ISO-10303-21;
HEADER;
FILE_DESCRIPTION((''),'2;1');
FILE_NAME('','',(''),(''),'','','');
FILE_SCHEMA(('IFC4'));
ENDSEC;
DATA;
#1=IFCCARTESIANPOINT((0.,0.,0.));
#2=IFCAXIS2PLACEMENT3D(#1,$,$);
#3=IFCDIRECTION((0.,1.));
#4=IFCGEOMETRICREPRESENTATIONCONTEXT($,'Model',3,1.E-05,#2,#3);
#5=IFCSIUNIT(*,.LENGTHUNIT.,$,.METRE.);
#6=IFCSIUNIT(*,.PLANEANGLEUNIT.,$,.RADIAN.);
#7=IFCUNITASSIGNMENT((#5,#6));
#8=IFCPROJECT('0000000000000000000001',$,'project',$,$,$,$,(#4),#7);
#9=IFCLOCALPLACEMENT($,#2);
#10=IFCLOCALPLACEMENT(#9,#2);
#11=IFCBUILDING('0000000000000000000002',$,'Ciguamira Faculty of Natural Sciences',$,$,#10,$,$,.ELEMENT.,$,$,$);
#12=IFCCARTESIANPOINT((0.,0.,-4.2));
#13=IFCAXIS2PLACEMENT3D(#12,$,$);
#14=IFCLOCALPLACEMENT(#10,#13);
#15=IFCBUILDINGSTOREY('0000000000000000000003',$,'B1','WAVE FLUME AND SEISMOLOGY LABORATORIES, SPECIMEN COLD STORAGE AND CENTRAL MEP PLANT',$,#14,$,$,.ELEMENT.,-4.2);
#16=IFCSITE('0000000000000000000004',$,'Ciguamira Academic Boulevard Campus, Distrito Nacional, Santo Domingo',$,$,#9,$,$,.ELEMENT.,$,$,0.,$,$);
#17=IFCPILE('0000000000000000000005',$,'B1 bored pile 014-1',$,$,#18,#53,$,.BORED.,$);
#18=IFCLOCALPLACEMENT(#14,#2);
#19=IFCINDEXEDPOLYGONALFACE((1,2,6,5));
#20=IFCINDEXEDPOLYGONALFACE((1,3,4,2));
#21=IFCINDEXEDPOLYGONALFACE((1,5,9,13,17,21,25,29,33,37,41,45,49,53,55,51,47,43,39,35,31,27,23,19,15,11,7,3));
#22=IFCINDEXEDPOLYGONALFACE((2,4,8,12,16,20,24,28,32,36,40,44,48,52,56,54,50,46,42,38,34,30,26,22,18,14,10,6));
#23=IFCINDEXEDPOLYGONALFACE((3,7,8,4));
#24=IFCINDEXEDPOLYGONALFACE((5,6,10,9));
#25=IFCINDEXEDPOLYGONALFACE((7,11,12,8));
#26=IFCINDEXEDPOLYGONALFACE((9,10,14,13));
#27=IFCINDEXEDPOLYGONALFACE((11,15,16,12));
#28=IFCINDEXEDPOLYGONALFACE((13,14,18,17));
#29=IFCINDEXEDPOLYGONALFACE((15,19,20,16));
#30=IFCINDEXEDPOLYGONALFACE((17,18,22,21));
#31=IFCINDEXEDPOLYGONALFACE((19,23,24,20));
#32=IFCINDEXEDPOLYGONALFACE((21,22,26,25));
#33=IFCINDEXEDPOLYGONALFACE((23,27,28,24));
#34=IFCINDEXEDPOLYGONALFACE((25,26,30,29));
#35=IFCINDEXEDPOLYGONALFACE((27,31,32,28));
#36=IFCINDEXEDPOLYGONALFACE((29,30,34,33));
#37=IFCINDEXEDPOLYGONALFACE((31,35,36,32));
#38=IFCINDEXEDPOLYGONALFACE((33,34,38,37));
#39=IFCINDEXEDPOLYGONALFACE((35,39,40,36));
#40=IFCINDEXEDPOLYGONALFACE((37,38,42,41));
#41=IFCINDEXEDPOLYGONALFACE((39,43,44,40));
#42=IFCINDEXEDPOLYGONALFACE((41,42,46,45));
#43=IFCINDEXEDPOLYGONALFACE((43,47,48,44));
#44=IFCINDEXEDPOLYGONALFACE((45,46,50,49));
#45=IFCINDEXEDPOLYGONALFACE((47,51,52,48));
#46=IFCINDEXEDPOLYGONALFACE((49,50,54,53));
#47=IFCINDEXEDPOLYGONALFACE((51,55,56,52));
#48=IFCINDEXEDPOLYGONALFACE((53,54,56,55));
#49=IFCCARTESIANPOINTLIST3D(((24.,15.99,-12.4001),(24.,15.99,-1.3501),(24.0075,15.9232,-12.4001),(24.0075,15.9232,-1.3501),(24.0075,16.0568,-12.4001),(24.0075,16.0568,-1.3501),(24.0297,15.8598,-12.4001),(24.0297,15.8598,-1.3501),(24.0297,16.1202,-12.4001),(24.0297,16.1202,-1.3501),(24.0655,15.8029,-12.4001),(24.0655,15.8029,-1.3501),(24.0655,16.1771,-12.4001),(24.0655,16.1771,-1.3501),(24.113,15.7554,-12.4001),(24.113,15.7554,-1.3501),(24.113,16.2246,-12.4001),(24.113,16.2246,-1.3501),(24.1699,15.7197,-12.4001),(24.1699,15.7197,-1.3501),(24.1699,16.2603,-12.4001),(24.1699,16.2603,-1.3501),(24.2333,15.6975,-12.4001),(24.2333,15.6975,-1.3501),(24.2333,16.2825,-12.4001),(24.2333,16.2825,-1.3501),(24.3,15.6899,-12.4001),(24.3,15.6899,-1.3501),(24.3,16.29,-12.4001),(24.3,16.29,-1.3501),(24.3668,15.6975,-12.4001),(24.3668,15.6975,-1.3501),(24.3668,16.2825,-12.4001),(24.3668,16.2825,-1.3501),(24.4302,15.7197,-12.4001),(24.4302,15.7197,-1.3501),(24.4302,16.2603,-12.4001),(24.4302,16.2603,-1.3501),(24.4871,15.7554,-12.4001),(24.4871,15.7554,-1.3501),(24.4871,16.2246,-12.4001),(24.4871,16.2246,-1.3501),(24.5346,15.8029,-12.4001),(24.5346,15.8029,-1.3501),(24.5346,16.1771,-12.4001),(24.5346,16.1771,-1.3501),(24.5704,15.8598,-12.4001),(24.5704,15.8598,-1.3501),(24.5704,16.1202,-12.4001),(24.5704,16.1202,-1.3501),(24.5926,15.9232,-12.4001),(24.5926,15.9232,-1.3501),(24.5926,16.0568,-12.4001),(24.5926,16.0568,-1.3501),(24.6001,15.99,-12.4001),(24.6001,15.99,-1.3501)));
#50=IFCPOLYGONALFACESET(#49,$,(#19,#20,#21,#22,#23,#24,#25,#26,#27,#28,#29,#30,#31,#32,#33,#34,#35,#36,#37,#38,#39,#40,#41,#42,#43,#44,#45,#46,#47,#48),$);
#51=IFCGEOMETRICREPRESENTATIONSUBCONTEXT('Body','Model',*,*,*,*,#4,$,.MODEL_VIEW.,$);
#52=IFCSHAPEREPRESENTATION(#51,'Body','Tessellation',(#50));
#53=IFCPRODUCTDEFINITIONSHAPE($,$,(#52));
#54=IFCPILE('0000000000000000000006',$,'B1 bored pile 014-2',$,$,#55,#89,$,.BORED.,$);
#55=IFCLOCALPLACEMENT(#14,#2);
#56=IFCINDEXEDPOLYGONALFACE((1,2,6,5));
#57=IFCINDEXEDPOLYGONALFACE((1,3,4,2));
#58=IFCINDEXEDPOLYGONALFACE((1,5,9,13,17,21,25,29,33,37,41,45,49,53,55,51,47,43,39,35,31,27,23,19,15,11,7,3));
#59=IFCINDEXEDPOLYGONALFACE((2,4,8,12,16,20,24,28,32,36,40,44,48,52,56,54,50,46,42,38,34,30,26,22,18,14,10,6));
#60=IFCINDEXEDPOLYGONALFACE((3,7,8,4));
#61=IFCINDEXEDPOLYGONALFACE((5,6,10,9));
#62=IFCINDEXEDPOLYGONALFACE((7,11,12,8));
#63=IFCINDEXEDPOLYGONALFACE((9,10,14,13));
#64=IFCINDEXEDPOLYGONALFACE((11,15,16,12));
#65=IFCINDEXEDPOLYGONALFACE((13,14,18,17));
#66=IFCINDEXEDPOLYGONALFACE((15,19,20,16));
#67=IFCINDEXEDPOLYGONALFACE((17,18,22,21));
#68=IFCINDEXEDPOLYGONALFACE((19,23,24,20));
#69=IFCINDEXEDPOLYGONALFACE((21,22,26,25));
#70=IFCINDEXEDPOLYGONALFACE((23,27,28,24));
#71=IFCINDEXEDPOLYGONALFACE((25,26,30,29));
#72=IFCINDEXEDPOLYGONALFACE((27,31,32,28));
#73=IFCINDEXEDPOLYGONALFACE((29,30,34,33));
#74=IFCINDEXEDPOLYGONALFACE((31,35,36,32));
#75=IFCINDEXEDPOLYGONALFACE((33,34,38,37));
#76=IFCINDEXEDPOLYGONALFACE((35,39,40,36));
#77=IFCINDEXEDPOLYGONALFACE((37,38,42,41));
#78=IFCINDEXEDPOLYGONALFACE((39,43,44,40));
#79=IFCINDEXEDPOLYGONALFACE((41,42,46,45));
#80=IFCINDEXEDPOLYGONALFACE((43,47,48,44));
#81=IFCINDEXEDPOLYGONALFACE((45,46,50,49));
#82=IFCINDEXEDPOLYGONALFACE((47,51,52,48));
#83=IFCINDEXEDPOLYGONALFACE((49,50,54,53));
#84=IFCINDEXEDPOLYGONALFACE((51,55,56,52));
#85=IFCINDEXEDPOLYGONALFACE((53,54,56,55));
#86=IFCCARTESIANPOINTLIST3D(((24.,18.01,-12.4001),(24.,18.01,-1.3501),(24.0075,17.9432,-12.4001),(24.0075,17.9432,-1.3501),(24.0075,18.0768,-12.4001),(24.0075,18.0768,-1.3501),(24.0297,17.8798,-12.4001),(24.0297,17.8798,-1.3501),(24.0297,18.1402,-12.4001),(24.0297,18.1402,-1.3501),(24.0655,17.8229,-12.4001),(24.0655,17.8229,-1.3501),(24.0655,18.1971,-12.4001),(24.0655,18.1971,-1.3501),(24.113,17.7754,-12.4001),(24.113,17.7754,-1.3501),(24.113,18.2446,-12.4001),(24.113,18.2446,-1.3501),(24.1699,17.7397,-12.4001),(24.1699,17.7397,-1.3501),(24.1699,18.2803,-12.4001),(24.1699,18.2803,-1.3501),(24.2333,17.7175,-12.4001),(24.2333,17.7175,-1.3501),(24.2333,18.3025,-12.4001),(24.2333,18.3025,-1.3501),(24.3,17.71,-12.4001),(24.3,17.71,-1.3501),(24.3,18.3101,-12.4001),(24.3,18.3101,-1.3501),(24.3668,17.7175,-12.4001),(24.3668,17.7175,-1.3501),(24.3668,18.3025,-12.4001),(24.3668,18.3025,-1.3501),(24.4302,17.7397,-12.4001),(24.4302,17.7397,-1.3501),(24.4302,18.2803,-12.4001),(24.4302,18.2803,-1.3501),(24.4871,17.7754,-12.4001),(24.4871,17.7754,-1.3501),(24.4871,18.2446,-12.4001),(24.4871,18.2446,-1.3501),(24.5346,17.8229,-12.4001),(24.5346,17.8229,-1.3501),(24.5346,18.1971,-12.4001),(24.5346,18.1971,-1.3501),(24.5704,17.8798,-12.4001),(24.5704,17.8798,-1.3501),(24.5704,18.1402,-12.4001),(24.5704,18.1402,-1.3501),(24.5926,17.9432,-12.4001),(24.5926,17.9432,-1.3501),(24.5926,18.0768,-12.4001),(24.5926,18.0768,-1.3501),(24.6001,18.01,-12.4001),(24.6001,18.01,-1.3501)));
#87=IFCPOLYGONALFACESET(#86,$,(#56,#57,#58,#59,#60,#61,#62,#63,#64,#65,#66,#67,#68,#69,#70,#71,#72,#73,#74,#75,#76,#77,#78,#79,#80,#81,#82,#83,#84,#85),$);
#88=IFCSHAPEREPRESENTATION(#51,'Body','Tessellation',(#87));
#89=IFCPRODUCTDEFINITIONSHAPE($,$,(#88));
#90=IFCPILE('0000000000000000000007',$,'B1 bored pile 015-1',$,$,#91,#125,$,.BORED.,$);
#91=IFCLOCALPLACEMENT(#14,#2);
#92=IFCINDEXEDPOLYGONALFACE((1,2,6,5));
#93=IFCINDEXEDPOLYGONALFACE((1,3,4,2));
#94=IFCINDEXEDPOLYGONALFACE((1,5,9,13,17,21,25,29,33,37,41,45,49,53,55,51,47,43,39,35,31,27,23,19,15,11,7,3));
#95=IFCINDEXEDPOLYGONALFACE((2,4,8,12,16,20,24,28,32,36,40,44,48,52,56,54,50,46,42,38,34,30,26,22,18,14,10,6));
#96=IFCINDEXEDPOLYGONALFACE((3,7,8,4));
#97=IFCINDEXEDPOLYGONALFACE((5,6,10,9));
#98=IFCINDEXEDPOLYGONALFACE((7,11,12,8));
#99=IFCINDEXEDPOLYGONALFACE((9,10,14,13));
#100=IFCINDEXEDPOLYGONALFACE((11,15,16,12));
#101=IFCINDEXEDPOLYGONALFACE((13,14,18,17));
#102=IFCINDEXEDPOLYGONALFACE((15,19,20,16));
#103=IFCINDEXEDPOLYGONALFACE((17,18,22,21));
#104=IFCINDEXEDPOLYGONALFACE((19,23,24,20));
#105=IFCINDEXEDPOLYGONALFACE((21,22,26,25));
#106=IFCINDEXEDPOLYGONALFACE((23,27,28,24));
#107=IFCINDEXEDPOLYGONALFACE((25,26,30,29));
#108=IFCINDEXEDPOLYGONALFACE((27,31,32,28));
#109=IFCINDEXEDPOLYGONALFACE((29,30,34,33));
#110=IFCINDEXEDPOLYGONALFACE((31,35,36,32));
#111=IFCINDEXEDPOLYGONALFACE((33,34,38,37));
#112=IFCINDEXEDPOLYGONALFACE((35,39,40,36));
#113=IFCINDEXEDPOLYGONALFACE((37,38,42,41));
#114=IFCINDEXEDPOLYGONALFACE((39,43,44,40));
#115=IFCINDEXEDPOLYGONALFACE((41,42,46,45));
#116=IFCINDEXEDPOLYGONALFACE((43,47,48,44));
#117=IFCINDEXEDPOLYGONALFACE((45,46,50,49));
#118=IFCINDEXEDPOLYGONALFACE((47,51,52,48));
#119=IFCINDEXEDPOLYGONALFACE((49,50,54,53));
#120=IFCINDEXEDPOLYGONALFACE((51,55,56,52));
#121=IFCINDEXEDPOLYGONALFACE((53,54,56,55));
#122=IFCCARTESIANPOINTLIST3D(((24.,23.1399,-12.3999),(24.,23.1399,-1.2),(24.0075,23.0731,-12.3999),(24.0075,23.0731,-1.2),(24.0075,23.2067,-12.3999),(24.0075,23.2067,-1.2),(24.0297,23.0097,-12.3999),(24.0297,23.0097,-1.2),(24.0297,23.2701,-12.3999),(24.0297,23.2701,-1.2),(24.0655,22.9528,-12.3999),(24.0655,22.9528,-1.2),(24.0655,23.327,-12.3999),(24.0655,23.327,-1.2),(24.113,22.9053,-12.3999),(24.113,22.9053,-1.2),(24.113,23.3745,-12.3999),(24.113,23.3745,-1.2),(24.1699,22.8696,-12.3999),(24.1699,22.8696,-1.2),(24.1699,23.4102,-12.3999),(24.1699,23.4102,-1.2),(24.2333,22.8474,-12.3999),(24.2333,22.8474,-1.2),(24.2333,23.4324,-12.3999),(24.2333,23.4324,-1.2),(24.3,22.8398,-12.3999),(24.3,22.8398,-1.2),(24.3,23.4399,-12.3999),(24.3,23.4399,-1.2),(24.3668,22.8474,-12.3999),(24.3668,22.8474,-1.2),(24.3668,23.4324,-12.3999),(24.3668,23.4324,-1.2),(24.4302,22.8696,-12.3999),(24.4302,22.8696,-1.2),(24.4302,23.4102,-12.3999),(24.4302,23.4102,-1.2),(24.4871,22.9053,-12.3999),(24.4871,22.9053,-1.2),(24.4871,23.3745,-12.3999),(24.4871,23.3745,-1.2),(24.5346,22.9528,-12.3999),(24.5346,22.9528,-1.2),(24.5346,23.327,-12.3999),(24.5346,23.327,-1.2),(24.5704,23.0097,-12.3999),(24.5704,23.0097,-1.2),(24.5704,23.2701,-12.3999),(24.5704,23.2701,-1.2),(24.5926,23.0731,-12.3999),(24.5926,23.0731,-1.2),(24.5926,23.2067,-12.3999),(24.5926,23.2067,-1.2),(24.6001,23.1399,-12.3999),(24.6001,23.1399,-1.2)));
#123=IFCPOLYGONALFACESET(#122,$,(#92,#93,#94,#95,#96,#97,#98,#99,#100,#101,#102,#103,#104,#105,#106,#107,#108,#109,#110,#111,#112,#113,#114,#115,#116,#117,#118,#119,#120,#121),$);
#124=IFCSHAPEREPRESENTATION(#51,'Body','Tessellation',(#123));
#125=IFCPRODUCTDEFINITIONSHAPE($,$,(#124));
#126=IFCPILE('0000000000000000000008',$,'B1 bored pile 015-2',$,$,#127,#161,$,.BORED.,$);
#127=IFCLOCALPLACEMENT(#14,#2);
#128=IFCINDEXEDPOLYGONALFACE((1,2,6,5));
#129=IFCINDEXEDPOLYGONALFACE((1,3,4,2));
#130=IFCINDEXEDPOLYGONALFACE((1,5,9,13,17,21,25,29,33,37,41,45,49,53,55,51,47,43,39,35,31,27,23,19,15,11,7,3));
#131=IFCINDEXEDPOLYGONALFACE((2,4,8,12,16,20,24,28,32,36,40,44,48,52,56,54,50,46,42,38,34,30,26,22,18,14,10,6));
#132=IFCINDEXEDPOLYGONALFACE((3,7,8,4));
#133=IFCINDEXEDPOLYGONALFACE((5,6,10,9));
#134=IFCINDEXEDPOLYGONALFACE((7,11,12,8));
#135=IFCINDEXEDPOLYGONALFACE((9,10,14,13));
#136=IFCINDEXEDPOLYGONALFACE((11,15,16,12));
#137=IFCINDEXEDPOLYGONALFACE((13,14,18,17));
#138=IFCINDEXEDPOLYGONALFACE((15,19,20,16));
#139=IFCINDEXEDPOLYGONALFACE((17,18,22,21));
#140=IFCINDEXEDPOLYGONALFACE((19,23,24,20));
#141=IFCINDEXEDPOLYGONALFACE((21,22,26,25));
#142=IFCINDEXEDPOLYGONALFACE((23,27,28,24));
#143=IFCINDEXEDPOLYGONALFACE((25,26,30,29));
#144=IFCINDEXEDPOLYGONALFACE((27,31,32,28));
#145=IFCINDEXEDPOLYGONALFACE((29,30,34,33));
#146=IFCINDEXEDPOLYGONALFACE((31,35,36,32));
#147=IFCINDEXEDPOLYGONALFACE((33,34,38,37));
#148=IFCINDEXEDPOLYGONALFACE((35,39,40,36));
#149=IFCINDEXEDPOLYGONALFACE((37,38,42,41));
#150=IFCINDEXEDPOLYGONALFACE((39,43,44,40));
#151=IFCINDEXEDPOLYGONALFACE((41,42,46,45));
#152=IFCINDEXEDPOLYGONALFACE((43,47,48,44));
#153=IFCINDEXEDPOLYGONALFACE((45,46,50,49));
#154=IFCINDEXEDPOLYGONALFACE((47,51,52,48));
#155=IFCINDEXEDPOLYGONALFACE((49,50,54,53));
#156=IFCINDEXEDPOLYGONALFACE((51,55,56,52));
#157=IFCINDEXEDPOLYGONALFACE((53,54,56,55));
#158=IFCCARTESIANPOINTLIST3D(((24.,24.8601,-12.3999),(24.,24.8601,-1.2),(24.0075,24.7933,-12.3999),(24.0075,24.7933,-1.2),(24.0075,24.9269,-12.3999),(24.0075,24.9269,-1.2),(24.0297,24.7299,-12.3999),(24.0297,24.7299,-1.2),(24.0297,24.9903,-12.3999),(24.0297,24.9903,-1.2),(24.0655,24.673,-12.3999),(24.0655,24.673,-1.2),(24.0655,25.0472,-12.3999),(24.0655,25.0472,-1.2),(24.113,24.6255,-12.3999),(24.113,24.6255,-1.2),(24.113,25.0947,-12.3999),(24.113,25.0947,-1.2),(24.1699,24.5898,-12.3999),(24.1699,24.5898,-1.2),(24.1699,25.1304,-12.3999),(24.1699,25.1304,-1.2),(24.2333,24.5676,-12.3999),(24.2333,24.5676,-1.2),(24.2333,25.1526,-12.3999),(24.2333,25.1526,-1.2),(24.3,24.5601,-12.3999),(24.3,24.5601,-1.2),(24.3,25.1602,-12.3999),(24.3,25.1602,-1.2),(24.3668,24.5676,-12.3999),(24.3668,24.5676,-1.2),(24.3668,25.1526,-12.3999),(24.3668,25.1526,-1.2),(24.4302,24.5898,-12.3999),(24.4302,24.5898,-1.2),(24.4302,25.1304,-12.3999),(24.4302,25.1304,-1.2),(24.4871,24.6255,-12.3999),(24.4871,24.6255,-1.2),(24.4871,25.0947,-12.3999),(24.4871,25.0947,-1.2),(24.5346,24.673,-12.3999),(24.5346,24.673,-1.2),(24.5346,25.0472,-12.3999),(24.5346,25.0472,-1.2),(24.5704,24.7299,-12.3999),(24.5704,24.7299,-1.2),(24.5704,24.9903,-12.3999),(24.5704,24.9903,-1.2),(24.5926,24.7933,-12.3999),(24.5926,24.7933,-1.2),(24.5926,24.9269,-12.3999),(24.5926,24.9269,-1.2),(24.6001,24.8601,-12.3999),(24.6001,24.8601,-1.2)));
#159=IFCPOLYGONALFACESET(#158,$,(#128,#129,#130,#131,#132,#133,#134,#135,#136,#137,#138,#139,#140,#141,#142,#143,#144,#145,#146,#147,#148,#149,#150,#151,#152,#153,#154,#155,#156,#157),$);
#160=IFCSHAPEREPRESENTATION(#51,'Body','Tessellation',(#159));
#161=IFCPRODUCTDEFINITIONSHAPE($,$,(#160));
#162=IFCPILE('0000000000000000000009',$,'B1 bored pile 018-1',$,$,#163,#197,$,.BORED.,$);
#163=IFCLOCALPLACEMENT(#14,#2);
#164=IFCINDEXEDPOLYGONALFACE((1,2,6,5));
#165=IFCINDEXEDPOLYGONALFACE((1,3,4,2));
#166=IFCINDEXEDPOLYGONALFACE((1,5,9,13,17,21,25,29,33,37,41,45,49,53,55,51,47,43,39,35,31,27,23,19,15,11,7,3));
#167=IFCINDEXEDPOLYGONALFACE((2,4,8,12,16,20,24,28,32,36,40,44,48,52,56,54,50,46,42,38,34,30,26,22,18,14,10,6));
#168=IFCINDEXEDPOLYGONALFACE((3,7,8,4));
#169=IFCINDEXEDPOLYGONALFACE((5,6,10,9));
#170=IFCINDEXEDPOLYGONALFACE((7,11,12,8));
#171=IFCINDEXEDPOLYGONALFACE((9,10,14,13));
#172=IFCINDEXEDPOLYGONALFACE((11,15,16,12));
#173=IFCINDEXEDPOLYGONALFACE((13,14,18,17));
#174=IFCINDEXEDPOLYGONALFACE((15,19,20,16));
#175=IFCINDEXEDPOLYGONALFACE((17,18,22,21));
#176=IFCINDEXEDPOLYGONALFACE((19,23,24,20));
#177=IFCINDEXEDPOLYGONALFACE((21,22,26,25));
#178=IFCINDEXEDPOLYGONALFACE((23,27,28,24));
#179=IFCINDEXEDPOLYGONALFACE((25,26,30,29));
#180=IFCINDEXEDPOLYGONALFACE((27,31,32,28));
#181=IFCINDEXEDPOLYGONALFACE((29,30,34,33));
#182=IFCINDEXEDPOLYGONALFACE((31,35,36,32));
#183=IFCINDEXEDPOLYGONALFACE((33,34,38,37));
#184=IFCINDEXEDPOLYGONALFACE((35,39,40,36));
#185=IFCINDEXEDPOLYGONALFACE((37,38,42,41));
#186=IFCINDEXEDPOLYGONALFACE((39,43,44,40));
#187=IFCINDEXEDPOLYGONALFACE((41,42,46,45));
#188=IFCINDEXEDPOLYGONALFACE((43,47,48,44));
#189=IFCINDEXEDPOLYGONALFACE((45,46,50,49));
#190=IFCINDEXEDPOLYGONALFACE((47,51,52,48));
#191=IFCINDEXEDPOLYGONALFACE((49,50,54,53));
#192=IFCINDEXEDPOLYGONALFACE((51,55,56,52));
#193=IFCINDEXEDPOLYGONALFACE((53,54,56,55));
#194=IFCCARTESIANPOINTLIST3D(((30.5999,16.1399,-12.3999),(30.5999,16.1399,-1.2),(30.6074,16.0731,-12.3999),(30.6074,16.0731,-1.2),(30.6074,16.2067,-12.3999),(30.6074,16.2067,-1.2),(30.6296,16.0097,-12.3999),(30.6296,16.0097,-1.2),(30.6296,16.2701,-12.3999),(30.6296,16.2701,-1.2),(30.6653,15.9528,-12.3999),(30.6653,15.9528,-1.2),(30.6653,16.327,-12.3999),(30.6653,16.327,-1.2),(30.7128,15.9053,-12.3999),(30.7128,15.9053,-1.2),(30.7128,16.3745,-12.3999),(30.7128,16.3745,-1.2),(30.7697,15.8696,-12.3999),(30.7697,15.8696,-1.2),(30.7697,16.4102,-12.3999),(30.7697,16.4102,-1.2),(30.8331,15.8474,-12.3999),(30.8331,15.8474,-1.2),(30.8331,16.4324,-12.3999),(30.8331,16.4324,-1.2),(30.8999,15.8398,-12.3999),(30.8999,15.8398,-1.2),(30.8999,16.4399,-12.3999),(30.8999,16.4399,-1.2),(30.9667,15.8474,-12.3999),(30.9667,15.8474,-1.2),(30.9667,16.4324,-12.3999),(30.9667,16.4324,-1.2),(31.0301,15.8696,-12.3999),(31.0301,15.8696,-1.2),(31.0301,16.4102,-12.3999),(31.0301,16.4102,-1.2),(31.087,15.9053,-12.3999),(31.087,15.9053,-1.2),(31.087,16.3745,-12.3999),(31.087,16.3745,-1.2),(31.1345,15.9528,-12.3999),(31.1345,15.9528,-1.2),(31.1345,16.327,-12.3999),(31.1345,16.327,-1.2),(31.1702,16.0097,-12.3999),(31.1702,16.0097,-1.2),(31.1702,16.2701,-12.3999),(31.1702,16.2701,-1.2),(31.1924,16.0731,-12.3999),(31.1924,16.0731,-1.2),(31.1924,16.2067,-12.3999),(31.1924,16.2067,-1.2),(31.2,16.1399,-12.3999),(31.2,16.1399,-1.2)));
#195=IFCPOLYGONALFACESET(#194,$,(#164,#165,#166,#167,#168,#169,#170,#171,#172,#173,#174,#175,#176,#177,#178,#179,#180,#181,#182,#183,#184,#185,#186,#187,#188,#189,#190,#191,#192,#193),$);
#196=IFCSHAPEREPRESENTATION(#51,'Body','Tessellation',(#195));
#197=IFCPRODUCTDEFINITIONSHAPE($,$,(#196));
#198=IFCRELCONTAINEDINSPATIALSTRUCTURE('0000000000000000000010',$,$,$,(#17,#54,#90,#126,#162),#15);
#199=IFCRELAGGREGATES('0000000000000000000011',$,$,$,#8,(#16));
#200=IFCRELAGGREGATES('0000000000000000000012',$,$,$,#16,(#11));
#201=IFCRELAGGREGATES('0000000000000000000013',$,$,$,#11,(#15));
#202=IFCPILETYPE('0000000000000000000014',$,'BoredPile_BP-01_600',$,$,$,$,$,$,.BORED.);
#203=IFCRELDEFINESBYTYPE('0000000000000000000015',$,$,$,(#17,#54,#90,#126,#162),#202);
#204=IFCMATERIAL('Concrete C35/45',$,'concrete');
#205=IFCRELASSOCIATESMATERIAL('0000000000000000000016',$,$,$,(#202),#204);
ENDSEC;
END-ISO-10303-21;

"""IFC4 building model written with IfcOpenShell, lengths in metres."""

from ifc_helpers import new_model, si_unit, direction, frame, origin, origin_2d, place, context, subcontext, project, spatial, circle, extrude, material, material_profile, profile_set, type_object, element, save


model = new_model("IFC4")

# Units and contexts
model_context = context("Model", 3, precision=1e-05, world=origin(), true_north=direction((0.0, 1.0)))
body_context = subcontext(model_context, "Body", "Model", "MODEL_VIEW")
ifc_project = project(units=[si_unit("LENGTHUNIT", "METRE"), si_unit("PLANEANGLEUNIT", "RADIAN")], contexts=[model_context])

# Site, building, storey
site_placement = place(None, origin())
site = spatial("IfcSite", under=ifc_project, at=site_placement, Name="Ciguamira Academic Boulevard Campus, Distrito Nacional, Santo Domingo", CompositionType="ELEMENT", RefElevation=0.0)
building_placement = place(site_placement, origin())
building = spatial("IfcBuilding", under=site, at=building_placement, Name="Ciguamira Faculty of Natural Sciences", CompositionType="ELEMENT")
storey_placement = place(building_placement, frame((0.0, 0.0, -4.2)))
storey = spatial("IfcBuildingStorey", under=building, at=storey_placement, Name="B1", Description="WAVE FLUME AND SEISMOLOGY LABORATORIES, SPECIMEN COLD STORAGE AND CENTRAL MEP PLANT", CompositionType="ELEMENT", Elevation=-4.2)

# Piles
ifc_material_1 = material(Name="Concrete C35/45", Category="concrete")
ifc_material_profile_1 = material_profile(ifc_material_1, circle(Radius=0.3, at=origin_2d()), Name="PILE-BORED-600")
ifc_profile_set_1 = profile_set([ifc_material_profile_1], Name="Concrete C35/45")
pile_type = type_object("IfcPileType", Name="BoredPile_BP-01_600", PredefinedType="BORED", material=ifc_profile_set_1)
for number, where, z_axis, x_axis, name in (
    (1, (24.3, 15.99, -1.3501), (0.0, 0.0, -1.0), (1.0, 0.0, 0.0), "B1 bored pile 014-1"),
    (2, (24.3, 18.01, -1.3501), (0.0, 0.0, -1.0), (1.0, 0.0, 0.0), "B1 bored pile 014-2"),
):
    element("IfcPile", number, at=place(storey_placement, frame(where, z_axis=z_axis, x_axis=x_axis)), inside=storey, type_object=pile_type, Name=name, PredefinedType="BORED", context=body_context, shape_type="SweptSolid", body=[
        extrude(circle(Radius=0.3, at=origin_2d()), origin(), (0.0, 0.0, 1.0), 11.05),
    ])
for number, where, z_axis, x_axis, name in (
    (3, (24.3, 23.1399, -1.2), (0.0, 0.0, -1.0), (1.0, 0.0, 0.0), "B1 bored pile 015-1"),
    (4, (24.3, 24.8601, -1.2), (0.0, 0.0, -1.0), (1.0, 0.0, 0.0), "B1 bored pile 015-2"),
    (5, (30.8999, 16.1399, -1.2), (0.0, 0.0, -1.0), (1.0, 0.0, 0.0), "B1 bored pile 018-1"),
):
    element("IfcPile", number, at=place(storey_placement, frame(where, z_axis=z_axis, x_axis=x_axis)), inside=storey, type_object=pile_type, Name=name, PredefinedType="BORED", context=body_context, shape_type="SweptSolid", body=[
        extrude(circle(Radius=0.3, at=origin_2d()), origin(), (0.0, 0.0, 1.0), 11.2),
    ])

save(model, "model.ifc")
